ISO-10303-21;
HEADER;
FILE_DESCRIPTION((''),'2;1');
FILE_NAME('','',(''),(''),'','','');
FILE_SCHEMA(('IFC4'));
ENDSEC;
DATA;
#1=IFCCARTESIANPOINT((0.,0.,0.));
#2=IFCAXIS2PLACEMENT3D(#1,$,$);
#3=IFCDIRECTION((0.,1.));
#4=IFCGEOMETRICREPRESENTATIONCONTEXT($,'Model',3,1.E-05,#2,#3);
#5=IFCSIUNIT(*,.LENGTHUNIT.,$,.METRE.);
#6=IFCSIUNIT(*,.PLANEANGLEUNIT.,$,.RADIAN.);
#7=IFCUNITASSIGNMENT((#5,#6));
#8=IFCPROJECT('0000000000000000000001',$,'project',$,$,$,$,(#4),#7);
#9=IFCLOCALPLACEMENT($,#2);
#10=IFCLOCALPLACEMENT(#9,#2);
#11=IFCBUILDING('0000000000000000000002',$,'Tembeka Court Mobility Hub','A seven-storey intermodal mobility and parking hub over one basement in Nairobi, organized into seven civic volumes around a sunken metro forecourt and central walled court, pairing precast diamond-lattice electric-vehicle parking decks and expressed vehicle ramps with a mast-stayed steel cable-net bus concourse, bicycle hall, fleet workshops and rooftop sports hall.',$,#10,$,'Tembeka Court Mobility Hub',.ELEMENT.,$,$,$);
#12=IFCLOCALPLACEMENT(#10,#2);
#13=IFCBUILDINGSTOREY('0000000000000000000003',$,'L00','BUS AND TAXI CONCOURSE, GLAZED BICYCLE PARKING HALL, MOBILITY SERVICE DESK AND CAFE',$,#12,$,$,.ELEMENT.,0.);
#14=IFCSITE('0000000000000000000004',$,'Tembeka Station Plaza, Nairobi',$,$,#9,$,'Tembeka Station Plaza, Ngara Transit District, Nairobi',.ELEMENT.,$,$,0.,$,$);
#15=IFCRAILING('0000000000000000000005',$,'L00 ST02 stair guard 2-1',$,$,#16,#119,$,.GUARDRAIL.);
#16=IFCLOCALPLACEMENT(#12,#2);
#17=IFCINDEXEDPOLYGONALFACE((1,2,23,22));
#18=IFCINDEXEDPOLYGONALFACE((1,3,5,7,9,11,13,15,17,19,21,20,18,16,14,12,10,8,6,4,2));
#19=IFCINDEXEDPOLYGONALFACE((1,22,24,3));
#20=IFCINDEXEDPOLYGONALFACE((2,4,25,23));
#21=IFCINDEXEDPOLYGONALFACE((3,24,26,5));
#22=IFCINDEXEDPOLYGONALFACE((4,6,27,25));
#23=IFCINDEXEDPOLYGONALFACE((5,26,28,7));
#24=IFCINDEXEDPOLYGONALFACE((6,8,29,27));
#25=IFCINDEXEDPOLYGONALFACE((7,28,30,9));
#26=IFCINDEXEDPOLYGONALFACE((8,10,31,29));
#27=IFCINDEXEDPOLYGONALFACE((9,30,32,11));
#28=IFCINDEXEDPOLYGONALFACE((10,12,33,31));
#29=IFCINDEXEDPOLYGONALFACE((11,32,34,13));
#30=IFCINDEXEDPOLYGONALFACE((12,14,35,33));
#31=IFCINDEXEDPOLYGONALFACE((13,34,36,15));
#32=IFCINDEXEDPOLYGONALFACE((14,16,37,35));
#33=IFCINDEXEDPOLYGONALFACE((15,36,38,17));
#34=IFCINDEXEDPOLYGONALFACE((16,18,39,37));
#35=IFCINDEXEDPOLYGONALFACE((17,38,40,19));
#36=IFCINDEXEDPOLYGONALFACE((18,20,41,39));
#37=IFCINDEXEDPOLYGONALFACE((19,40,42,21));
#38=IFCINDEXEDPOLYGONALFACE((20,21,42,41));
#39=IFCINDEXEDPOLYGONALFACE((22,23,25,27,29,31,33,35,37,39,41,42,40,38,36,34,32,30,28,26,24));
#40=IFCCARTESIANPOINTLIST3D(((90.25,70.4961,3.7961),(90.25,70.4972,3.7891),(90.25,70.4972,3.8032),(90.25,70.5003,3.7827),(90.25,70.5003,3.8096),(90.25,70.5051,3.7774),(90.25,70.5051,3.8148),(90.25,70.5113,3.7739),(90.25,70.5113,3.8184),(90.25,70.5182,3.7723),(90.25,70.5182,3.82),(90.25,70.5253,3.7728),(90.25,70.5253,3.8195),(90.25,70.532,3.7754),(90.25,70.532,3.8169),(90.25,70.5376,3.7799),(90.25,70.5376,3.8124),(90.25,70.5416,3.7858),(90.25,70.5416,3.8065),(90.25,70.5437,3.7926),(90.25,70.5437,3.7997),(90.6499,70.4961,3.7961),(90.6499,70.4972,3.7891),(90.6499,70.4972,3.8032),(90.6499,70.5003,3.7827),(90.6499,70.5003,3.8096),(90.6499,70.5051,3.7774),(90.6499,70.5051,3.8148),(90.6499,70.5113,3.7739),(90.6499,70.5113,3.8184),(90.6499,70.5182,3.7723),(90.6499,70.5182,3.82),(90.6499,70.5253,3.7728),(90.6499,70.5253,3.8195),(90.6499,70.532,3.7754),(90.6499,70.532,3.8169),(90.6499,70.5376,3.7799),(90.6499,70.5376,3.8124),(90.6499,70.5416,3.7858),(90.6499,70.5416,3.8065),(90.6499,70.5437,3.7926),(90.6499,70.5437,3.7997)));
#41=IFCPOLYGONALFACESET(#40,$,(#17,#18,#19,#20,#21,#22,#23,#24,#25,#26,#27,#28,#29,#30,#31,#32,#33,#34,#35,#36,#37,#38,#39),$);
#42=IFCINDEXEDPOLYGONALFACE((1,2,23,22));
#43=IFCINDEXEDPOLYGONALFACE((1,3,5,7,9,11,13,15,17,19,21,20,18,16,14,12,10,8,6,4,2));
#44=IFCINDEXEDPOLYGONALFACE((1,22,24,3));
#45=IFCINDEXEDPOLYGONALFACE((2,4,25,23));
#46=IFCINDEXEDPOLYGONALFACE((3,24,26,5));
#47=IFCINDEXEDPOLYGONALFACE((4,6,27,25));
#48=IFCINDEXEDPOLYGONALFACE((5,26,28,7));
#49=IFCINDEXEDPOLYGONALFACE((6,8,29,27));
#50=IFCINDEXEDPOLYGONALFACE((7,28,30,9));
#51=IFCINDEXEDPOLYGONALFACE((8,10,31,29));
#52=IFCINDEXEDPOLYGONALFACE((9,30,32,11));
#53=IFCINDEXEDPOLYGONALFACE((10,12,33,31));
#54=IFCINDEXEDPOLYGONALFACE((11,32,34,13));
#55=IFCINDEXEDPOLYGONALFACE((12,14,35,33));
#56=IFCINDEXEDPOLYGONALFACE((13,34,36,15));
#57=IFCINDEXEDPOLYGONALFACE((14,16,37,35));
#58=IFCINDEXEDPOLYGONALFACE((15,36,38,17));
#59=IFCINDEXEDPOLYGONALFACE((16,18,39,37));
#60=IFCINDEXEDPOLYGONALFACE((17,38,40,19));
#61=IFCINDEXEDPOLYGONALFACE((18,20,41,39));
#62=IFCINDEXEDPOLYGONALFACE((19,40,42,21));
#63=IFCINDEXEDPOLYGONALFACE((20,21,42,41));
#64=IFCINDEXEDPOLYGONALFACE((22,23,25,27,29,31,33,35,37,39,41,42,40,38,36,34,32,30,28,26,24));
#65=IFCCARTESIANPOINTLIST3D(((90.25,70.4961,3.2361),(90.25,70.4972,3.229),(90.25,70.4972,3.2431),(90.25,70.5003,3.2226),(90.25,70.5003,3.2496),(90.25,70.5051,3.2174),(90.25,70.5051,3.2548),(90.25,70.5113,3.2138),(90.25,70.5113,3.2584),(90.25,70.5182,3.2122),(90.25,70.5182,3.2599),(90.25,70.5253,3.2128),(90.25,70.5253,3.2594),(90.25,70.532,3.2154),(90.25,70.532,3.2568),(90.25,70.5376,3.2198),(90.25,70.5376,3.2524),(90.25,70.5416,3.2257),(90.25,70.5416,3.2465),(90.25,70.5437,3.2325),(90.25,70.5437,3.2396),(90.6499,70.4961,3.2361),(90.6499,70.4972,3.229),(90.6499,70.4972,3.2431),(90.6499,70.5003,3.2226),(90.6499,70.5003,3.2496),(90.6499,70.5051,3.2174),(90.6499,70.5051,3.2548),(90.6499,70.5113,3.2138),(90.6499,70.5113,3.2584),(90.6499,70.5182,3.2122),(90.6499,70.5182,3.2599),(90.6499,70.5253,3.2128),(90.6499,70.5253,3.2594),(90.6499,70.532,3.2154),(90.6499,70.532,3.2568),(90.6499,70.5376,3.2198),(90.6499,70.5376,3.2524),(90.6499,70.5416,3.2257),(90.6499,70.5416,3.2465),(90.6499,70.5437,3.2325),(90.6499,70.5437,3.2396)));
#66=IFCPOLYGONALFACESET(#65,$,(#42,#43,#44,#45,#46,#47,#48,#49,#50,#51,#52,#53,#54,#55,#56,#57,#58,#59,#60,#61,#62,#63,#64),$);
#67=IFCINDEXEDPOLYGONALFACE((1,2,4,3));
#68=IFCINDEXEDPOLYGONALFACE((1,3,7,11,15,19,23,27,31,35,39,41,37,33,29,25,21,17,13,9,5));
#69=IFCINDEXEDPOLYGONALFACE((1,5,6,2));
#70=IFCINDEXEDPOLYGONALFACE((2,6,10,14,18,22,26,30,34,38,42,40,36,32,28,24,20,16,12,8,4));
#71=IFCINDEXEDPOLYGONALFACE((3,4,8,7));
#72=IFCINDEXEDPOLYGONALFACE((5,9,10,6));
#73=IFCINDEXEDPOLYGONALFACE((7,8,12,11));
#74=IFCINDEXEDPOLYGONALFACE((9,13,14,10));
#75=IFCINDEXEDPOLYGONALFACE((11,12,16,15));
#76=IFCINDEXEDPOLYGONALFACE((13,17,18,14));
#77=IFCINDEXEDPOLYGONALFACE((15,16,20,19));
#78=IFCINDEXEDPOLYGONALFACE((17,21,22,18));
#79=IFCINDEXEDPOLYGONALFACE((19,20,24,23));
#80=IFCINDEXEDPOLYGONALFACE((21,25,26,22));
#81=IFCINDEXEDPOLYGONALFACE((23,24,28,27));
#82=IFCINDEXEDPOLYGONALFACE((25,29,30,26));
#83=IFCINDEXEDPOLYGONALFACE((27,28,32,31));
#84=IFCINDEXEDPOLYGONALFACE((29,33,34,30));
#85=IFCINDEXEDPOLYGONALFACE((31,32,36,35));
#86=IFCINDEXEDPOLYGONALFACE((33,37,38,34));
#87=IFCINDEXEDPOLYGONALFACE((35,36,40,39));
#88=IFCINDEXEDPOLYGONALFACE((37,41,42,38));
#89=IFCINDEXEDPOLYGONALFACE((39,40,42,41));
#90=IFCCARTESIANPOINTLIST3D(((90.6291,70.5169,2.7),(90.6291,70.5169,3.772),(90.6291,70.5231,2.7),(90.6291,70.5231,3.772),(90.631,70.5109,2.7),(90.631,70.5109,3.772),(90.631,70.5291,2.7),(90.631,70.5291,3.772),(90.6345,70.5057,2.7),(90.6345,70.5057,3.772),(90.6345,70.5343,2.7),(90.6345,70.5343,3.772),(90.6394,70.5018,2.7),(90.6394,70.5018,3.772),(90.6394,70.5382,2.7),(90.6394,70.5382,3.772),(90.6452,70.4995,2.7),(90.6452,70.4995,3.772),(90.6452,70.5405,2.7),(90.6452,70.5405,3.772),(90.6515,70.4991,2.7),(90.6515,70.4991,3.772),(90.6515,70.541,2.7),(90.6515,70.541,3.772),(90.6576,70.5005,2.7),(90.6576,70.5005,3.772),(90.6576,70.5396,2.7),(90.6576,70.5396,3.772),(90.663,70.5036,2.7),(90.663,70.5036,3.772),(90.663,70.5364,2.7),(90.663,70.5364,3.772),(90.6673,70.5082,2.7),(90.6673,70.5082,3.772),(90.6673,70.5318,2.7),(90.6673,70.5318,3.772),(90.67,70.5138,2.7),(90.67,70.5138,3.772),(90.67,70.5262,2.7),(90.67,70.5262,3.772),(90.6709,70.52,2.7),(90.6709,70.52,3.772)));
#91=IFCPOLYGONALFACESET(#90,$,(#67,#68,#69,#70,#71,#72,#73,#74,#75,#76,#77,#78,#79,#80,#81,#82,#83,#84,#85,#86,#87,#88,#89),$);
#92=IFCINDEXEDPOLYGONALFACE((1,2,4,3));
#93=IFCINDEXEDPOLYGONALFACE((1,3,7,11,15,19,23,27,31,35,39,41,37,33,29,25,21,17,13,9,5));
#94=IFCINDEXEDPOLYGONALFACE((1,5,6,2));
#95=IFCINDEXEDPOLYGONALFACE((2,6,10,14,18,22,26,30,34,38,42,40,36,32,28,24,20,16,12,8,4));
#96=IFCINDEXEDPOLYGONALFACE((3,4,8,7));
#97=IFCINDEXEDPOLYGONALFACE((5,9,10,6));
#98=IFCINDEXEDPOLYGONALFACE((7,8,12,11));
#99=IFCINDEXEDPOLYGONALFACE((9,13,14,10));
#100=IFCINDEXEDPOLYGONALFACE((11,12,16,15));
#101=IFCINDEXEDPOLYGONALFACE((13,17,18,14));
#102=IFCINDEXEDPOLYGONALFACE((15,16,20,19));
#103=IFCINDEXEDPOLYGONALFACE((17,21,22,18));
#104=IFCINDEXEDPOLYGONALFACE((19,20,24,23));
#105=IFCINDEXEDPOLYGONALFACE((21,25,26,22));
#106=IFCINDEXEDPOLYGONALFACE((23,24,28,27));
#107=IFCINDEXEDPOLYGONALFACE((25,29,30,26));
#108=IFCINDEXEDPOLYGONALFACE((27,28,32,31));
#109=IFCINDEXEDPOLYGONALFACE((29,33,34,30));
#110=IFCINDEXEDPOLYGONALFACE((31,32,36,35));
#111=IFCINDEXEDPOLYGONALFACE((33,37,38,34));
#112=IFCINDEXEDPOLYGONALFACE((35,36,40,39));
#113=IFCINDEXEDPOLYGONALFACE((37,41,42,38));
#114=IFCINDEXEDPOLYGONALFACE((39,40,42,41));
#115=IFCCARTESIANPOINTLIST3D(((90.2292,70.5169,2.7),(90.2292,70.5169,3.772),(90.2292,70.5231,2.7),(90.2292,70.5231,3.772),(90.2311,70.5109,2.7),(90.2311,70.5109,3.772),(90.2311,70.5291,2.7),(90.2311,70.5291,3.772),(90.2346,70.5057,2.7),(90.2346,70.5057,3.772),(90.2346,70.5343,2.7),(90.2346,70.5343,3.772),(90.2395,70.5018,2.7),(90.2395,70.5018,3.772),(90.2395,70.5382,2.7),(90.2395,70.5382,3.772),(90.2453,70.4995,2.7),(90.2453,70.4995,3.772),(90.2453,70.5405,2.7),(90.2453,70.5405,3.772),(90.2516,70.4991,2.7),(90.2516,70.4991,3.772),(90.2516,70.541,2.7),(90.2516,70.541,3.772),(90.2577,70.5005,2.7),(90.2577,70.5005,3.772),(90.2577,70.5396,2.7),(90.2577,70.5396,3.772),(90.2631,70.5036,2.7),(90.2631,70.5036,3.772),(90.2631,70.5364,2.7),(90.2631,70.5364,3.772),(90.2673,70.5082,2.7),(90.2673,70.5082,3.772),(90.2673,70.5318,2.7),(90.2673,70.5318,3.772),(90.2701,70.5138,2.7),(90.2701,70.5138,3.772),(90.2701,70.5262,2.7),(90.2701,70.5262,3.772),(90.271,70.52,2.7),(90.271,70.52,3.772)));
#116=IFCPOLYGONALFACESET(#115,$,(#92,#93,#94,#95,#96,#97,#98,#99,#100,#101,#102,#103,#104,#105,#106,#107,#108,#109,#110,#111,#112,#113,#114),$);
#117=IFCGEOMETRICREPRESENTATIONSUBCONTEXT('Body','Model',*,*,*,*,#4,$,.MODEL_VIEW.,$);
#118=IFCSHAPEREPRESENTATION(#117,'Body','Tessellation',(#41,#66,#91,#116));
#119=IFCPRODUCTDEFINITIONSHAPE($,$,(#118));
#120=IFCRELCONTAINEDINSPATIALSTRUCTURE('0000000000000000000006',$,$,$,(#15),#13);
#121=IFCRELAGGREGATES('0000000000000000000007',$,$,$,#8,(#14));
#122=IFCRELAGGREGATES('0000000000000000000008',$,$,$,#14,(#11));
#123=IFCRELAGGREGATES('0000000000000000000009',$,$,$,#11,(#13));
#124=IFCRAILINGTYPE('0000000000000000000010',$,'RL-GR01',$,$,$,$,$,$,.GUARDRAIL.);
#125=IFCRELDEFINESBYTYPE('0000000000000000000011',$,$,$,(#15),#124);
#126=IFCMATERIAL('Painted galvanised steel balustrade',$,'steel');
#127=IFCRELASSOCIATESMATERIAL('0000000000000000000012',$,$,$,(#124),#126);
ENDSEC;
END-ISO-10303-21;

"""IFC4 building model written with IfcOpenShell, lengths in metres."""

from ifc_helpers import new_model, si_unit, direction, frame, origin, origin_2d, place, context, subcontext, project, spatial, circle, extrude, material, type_object, element, save


model = new_model("IFC4")

# Units and contexts
model_context = context("Model", 3, precision=1e-05, world=origin(), true_north=direction((0.0, 1.0)))
body_context = subcontext(model_context, "Body", "Model", "MODEL_VIEW")
ifc_project = project(units=[si_unit("LENGTHUNIT", "METRE"), si_unit("PLANEANGLEUNIT", "RADIAN")], contexts=[model_context])

# Site, building, storey
site_placement = place(None, origin())
site = spatial("IfcSite", under=ifc_project, at=site_placement, Name="Tembeka Station Plaza, Nairobi", LongName="Tembeka Station Plaza, Ngara Transit District, Nairobi", CompositionType="ELEMENT", RefElevation=0.0)
building_placement = place(site_placement, origin())
building = spatial("IfcBuilding", under=site, at=building_placement, Name="Tembeka Court Mobility Hub", Description="A seven-storey intermodal mobility and parking hub over one basement in Nairobi, organized into seven civic volumes around a sunken metro forecourt and central walled court, pairing precast diamond-lattice electric-vehicle parking decks and expressed vehicle ramps with a mast-stayed steel cable-net bus concourse, bicycle hall, fleet workshops and rooftop sports hall.", LongName="Tembeka Court Mobility Hub", CompositionType="ELEMENT")
storey_placement = place(building_placement, origin())
storey = spatial("IfcBuildingStorey", under=building, at=storey_placement, Name="L00", Description="BUS AND TAXI CONCOURSE, GLAZED BICYCLE PARKING HALL, MOBILITY SERVICE DESK AND CAFE", CompositionType="ELEMENT", Elevation=0.0)

# Railing
ifc_material_1 = material(Name="Painted galvanised steel balustrade", Category="steel")
railing_type_1 = type_object("IfcRailingType", Name="RL-GR01", PredefinedType="GUARDRAIL", material=ifc_material_1)
railing_1_placement = place(storey_placement, frame((90.6499, 70.52, 2.7)))
element("IfcRailing", 1, at=railing_1_placement, inside=storey, type_object=railing_type_1, Name="L00 ST02 stair guard 2-1", PredefinedType="GUARDRAIL", context=body_context, shape_type="SweptSolid", body=[
    extrude(circle(Radius=0.0239, at=origin_2d()), frame((0.0, 0.0, 1.0962), z_axis=(-1.0, 0.0, 0.0), x_axis=(0.0, -1.0, 0.0)), (0.0, 0.0, 1.0), 0.3999),
    extrude(circle(Radius=0.0239, at=origin_2d()), frame((0.0, 0.0, 0.5361), z_axis=(-1.0, 0.0, 0.0), x_axis=(0.0, -1.0, 0.0)), (0.0, 0.0, 1.0), 0.3999),
    extrude(circle(Radius=0.021, at=origin_2d()), origin(), (0.0, 0.0, 1.0), 1.072),
    extrude(circle(Radius=0.021, at=origin_2d()), frame((-0.3999, 0.0, 0.0)), (0.0, 0.0, 1.0), 1.072),
])

save(model, "model.ifc")
